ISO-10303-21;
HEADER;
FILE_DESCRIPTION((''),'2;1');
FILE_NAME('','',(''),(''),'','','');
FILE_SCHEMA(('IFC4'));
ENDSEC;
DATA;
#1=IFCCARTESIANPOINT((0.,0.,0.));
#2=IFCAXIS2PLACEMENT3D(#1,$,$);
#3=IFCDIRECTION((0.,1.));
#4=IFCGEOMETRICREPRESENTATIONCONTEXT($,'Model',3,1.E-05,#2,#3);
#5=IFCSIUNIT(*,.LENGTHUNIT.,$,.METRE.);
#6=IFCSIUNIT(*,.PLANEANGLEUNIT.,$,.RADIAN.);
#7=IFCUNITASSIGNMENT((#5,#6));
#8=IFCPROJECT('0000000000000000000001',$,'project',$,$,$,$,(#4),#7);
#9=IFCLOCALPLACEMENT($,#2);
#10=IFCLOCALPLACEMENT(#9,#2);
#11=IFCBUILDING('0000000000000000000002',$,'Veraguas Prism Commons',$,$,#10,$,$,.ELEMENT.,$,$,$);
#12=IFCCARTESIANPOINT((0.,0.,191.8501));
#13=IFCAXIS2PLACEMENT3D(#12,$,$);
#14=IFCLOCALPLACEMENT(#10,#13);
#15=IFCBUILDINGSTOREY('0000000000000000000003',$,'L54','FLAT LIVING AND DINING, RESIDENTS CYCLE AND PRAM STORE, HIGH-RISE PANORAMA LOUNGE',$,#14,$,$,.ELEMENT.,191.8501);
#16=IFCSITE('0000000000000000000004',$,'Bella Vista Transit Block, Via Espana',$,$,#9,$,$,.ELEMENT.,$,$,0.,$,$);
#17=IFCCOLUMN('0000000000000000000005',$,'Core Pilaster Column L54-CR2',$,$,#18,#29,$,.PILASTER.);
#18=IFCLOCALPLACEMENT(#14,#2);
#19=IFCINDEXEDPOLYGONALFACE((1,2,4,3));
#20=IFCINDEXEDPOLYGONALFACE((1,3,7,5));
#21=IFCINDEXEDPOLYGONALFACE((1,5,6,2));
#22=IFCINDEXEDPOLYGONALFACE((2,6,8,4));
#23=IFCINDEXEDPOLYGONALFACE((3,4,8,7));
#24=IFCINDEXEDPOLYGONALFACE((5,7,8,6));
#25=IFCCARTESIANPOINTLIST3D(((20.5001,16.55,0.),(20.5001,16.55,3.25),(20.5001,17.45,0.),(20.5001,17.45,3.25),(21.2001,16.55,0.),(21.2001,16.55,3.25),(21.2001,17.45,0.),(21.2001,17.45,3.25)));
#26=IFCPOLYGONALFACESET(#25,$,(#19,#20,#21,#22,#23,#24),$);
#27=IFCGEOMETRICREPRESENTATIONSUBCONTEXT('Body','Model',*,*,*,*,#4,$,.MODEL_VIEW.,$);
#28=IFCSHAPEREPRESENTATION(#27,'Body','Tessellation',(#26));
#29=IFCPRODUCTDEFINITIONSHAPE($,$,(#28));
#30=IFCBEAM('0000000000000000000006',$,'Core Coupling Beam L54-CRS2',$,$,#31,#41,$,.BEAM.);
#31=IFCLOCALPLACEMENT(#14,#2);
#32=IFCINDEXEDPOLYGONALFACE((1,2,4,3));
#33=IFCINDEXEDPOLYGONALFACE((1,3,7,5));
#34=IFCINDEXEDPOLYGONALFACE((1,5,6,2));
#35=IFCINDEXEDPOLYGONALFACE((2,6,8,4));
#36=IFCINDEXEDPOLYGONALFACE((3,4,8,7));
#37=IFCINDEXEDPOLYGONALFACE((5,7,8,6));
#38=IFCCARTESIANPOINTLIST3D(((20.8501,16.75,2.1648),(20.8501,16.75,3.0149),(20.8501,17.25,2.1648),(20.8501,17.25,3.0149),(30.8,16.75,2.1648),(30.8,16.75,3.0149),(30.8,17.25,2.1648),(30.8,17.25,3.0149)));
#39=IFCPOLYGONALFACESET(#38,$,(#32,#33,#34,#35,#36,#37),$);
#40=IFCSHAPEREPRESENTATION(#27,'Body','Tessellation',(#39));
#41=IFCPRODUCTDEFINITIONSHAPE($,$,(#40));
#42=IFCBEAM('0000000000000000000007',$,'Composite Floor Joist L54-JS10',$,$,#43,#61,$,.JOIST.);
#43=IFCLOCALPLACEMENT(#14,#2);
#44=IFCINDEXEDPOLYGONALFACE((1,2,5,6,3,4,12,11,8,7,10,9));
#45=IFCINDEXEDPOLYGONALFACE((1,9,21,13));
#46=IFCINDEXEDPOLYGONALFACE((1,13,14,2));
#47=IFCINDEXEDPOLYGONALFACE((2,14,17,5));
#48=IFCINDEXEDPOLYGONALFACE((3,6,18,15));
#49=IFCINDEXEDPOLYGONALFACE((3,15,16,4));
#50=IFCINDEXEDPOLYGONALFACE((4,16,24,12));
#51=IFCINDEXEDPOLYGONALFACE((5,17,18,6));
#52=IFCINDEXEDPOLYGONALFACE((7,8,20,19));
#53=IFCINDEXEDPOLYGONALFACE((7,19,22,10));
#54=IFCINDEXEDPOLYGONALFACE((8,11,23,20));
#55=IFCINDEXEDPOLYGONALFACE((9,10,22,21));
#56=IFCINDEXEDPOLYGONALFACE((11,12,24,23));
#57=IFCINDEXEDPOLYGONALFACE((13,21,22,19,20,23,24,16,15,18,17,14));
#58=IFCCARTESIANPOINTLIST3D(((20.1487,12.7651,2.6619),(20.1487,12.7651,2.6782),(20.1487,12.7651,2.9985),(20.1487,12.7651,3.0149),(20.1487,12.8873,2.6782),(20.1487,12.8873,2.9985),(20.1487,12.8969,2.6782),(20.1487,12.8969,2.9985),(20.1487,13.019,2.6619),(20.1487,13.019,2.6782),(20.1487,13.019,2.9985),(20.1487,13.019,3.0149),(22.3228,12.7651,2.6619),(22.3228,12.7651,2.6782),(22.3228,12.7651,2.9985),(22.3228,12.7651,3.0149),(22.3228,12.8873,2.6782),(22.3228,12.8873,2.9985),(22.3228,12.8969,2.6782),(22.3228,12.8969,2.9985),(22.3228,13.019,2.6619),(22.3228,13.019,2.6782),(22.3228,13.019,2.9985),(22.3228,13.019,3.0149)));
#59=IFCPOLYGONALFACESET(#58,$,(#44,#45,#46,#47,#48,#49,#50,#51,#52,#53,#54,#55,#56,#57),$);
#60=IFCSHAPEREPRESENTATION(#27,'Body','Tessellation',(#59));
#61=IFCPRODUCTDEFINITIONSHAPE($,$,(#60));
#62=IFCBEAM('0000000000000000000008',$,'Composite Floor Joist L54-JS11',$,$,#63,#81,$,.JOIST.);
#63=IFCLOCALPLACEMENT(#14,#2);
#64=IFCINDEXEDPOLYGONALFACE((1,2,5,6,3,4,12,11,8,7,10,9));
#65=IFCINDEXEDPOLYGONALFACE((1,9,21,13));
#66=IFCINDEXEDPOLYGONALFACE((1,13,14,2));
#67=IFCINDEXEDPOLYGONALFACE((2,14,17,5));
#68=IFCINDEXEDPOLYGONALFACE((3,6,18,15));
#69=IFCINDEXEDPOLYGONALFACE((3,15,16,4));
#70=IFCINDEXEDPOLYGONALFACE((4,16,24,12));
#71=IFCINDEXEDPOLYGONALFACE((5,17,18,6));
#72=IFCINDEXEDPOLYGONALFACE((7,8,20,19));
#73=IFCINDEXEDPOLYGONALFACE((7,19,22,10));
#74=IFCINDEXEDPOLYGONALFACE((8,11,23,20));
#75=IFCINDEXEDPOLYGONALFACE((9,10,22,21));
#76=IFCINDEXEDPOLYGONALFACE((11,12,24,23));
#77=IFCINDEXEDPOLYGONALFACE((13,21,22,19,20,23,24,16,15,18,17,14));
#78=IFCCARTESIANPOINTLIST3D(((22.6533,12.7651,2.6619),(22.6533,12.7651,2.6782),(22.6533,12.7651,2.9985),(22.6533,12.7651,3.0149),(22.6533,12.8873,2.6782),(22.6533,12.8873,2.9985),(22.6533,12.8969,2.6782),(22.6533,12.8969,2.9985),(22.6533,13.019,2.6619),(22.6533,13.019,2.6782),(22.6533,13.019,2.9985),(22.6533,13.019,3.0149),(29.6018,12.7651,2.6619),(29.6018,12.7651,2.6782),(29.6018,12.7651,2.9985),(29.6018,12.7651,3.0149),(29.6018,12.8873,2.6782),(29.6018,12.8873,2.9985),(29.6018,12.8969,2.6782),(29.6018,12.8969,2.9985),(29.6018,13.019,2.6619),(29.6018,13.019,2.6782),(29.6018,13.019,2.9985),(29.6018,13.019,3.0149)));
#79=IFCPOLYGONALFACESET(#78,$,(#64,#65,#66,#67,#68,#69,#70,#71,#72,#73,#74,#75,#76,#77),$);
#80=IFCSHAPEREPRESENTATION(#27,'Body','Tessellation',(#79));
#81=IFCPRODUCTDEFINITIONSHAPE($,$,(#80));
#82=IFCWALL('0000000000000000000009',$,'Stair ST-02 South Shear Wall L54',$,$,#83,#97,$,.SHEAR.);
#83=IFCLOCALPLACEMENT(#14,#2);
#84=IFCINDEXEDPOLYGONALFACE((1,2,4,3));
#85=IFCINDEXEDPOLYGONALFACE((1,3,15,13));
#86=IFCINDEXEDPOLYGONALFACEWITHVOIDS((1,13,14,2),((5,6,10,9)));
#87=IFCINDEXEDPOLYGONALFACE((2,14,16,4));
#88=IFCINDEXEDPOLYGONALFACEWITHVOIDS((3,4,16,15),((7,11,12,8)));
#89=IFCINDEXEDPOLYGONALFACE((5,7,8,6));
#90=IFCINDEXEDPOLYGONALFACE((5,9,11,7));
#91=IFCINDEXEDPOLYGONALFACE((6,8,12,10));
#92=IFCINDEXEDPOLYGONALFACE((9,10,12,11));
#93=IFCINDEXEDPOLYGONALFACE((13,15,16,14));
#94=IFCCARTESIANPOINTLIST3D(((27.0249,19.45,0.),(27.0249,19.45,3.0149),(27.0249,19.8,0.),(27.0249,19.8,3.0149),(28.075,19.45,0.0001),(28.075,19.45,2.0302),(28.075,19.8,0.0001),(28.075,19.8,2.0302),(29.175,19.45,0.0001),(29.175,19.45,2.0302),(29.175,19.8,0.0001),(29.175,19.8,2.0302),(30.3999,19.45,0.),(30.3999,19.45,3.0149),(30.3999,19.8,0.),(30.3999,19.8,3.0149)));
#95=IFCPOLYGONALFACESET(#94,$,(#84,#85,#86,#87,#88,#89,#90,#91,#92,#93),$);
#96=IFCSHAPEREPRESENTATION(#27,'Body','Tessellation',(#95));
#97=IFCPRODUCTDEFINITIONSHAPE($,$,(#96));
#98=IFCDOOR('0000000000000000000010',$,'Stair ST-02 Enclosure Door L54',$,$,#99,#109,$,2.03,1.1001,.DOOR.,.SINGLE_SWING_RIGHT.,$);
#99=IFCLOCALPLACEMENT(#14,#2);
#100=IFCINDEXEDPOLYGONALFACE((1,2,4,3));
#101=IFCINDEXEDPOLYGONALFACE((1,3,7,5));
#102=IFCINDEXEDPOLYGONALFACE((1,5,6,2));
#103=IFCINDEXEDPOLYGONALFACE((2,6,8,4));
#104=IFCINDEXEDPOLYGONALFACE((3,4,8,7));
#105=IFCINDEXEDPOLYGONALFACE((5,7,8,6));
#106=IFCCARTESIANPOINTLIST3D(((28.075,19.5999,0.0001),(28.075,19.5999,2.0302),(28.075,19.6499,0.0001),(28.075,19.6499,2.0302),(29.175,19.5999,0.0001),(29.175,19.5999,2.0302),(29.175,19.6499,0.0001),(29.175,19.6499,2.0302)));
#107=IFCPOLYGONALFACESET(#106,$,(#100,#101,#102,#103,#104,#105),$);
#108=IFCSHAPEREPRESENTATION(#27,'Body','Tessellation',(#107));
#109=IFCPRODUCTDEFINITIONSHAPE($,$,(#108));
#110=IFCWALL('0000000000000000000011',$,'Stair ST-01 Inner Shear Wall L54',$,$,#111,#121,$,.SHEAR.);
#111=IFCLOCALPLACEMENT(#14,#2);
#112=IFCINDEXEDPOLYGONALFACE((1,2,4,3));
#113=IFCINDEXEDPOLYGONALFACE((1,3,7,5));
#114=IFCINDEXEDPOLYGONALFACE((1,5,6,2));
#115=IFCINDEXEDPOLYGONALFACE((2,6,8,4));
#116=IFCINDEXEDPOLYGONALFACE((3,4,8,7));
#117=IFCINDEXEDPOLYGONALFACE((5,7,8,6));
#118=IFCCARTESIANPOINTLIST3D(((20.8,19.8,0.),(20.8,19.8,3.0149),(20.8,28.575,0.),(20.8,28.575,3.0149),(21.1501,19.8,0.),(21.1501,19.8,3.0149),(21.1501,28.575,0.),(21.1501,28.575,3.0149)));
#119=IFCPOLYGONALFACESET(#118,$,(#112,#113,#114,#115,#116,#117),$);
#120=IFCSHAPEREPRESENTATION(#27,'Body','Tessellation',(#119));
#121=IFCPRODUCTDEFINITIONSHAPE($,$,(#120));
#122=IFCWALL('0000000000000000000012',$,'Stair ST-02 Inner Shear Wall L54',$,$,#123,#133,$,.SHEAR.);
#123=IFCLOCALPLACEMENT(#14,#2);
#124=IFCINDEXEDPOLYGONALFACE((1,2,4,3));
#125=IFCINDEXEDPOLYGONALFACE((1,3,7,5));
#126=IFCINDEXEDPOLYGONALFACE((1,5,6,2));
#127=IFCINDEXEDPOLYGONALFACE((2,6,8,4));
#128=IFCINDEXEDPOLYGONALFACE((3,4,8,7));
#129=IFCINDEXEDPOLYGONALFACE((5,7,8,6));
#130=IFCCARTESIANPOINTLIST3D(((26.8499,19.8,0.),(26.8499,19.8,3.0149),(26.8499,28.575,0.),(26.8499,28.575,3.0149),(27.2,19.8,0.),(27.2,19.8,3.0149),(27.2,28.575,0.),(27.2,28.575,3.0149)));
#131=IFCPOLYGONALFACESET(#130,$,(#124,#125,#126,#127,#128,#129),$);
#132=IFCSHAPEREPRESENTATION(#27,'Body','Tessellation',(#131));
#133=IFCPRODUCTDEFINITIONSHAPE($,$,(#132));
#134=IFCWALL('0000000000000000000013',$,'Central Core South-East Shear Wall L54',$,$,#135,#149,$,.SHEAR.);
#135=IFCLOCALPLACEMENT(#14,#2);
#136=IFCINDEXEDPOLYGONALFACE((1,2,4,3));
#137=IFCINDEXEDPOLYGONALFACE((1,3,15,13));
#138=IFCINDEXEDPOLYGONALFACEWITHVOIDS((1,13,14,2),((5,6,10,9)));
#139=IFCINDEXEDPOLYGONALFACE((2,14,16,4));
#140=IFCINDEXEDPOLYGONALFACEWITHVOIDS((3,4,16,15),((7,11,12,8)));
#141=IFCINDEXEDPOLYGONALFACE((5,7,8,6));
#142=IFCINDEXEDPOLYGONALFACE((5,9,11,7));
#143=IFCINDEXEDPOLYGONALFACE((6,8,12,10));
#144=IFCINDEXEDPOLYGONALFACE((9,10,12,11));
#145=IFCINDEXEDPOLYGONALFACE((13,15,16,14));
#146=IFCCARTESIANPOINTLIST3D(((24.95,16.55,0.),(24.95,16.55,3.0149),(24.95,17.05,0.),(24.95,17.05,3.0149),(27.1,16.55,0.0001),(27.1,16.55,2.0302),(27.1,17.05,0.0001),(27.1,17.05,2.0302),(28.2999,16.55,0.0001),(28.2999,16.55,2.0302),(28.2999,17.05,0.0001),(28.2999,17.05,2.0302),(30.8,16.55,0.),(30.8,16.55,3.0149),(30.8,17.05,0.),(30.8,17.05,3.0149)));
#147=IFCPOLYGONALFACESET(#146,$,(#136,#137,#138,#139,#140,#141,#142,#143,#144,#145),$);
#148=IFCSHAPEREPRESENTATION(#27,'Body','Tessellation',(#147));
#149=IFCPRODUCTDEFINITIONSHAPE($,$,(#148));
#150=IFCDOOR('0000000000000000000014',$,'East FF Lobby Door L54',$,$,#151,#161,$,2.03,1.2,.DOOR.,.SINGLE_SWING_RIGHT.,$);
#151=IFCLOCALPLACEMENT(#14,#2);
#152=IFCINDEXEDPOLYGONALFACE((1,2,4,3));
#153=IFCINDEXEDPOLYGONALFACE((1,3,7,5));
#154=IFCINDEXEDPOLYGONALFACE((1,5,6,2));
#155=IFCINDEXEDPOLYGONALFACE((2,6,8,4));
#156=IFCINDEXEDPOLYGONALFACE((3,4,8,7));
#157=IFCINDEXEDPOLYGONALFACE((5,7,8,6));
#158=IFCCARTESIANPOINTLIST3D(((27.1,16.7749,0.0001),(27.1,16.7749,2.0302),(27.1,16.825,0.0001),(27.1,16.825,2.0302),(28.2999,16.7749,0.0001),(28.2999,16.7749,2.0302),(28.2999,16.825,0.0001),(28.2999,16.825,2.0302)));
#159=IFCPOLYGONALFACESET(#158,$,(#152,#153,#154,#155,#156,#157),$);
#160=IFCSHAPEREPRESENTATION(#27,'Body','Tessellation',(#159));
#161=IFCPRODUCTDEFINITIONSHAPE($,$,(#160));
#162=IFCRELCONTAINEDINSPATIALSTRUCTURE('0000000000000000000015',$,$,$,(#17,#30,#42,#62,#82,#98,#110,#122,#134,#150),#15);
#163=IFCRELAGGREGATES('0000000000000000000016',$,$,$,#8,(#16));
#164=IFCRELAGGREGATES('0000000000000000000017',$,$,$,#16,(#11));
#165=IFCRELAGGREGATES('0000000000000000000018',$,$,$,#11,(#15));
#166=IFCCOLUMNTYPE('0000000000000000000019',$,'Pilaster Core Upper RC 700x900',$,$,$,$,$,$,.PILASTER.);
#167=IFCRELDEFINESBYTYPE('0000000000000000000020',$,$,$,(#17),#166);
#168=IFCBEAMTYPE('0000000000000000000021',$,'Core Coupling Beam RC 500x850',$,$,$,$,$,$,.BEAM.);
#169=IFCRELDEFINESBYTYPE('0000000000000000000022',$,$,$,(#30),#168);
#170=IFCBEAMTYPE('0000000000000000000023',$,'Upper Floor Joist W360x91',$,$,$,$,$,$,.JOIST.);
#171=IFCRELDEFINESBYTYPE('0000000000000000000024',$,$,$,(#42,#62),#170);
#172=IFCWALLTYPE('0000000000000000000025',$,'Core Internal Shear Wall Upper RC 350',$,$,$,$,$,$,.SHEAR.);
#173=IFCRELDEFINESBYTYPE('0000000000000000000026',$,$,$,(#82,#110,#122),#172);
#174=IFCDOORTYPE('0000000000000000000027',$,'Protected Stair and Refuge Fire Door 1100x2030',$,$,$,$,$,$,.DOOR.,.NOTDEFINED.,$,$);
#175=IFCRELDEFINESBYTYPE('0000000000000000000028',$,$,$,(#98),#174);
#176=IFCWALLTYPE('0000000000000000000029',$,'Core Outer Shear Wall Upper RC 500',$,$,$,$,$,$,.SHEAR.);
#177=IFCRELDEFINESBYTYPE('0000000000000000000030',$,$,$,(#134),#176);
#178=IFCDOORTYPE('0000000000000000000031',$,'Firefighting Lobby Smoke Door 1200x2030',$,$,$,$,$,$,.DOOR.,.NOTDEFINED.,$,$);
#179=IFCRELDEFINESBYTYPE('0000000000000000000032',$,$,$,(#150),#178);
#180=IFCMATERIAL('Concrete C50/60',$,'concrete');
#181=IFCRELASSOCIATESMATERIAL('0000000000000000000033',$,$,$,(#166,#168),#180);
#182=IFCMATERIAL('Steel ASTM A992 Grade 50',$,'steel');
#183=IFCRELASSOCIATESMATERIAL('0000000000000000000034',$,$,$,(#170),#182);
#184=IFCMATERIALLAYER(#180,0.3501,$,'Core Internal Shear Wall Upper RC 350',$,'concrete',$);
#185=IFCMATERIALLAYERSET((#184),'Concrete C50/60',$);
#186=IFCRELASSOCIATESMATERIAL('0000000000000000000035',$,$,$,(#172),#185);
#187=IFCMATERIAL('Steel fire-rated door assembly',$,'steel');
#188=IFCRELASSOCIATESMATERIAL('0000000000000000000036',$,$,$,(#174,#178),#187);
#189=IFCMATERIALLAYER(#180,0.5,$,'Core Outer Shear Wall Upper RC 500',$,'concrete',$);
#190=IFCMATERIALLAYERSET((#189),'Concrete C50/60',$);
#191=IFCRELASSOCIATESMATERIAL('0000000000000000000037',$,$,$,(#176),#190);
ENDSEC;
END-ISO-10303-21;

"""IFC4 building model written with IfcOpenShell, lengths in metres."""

from ifc_helpers import new_model, si_unit, direction, frame, frame_2d, origin, origin_2d, place, context, subcontext, project, spatial, rectangle, i_section, extrude, source, transform, mapped, material, layer, layer_set, material_profile, profile_set, type_object, element, fill, save


model = new_model("IFC4")

# Units and contexts
model_context = context("Model", 3, precision=1e-05, world=origin(), true_north=direction((0.0, 1.0)))
body_context = subcontext(model_context, "Body", "Model", "MODEL_VIEW")
ifc_project = project(units=[si_unit("LENGTHUNIT", "METRE"), si_unit("PLANEANGLEUNIT", "RADIAN")], contexts=[model_context])

# Site, building, storey
site_placement = place(None, origin())
site = spatial("IfcSite", under=ifc_project, at=site_placement, Name="Bella Vista Transit Block, Via Espana", CompositionType="ELEMENT", RefElevation=0.0)
building_placement = place(site_placement, origin())
building = spatial("IfcBuilding", under=site, at=building_placement, Name="Veraguas Prism Commons", CompositionType="ELEMENT")
storey_placement = place(building_placement, frame((0.0, 0.0, 191.8501)))
storey = spatial("IfcBuildingStorey", under=building, at=storey_placement, Name="L54", Description="FLAT LIVING AND DINING, RESIDENTS CYCLE AND PRAM STORE, HIGH-RISE PANORAMA LOUNGE", CompositionType="ELEMENT", Elevation=191.8501)

# Column
ifc_material_1 = material(Name="Concrete C50/60", Category="concrete")
ifc_material_profile_1 = material_profile(ifc_material_1, rectangle(XDim=0.7, YDim=0.8999, at=origin_2d()), Name="RC700X900")
ifc_profile_set_1 = profile_set([ifc_material_profile_1], Name="Concrete C50/60")
column_type = type_object("IfcColumnType", Name="Pilaster Core Upper RC 700x900", PredefinedType="PILASTER", material=ifc_profile_set_1)
column_placement = place(storey_placement, frame((20.8501, 17.0, 0.0), z_axis=(0.0, 0.0, 1.0), x_axis=(1.0, 0.0, 0.0)))
element("IfcColumn", 1, at=column_placement, inside=storey, type_object=column_type, Name="Core Pilaster Column L54-CR2", PredefinedType="PILASTER", context=body_context, shape_type="SweptSolid", body=[
    extrude(rectangle(XDim=0.7, YDim=0.8999, at=origin_2d()), origin(), (0.0, 0.0, 1.0), 3.25),
])

# Beams
ifc_material_profile_2 = material_profile(ifc_material_1, rectangle(XDim=0.5, YDim=0.8501, at=origin_2d()), Name="RC500X850")
ifc_profile_set_2 = profile_set([ifc_material_profile_2], Name="Concrete C50/60")
beam_type_1 = type_object("IfcBeamType", Name="Core Coupling Beam RC 500x850", PredefinedType="BEAM", material=ifc_profile_set_2)
beam_1_placement = place(storey_placement, frame((20.8501, 17.0, 2.5898), z_axis=(1.0, 0.0, 0.0), x_axis=(0.0, 1.0, 0.0)))
element("IfcBeam", 2, at=beam_1_placement, inside=storey, type_object=beam_type_1, Name="Core Coupling Beam L54-CRS2", PredefinedType="BEAM", context=body_context, shape_type="SweptSolid", body=[
    extrude(rectangle(XDim=0.5, YDim=0.8501, at=origin_2d()), origin(), (0.0, 0.0, 1.0), 9.95),
])
ifc_material_2 = material(Name="Steel ASTM A992 Grade 50", Category="steel")
ifc_material_profile_3 = material_profile(ifc_material_2, i_section(OverallWidth=0.2539, OverallDepth=0.353, WebThickness=0.0095, FlangeThickness=0.0164, at=origin_2d()), Name="W360X91")
ifc_profile_set_3 = profile_set([ifc_material_profile_3], Name="Steel ASTM A992 Grade 50")
beam_type_2 = type_object("IfcBeamType", Name="Upper Floor Joist W360x91", PredefinedType="JOIST", material=ifc_profile_set_3)
beam_2_placement = place(storey_placement, frame((20.1487, 12.8921, 2.8384), z_axis=(1.0, 0.0, 0.0), x_axis=(0.0, 1.0, 0.0)))
element("IfcBeam", 3, at=beam_2_placement, inside=storey, type_object=beam_type_2, Name="Composite Floor Joist L54-JS10", PredefinedType="JOIST", context=body_context, shape_type="SweptSolid", body=[
    extrude(i_section(OverallWidth=0.2539, OverallDepth=0.353, WebThickness=0.0095, FlangeThickness=0.0164, at=origin_2d()), origin(), (0.0, 0.0, 1.0), 2.1741),
])
beam_3_placement = place(storey_placement, frame((22.6533, 12.8921, 2.8384), z_axis=(1.0, 0.0, 0.0), x_axis=(0.0, 1.0, 0.0)))
element("IfcBeam", 4, at=beam_3_placement, inside=storey, type_object=beam_type_2, Name="Composite Floor Joist L54-JS11", PredefinedType="JOIST", context=body_context, shape_type="SweptSolid", body=[
    extrude(i_section(OverallWidth=0.2539, OverallDepth=0.353, WebThickness=0.0095, FlangeThickness=0.0164, at=origin_2d()), origin(), (0.0, 0.0, 1.0), 6.9485),
])

# Wall, opening, door
ifc_layer_1 = layer(ifc_material_1, 0.3501, Name="Core Internal Shear Wall Upper RC 350", Category="concrete")
ifc_layer_set_1 = layer_set([ifc_layer_1], Name="Concrete C50/60")
wall_type_1 = type_object("IfcWallType", Name="Core Internal Shear Wall Upper RC 350", PredefinedType="SHEAR", material=ifc_layer_set_1)
wall_1_placement = place(storey_placement, frame((27.0249, 19.625, 0.0), z_axis=(0.0, 0.0, 1.0), x_axis=(1.0, 0.0, 0.0)))
wall_1 = element("IfcWall", 5, at=wall_1_placement, inside=storey, type_object=wall_type_1, Name="Stair ST-02 South Shear Wall L54", PredefinedType="SHEAR", context=body_context, shape_type="SweptSolid", body=[
    extrude(rectangle(XDim=3.375, YDim=0.3501, at=frame_2d((1.6875, 0.0))), origin(), (0.0, 0.0, 1.0), 3.0149),
])
opening_1_placement = place(wall_1_placement, frame((1.05, 0.0, 0.0)))
opening_1 = element("IfcOpeningElement", 6, at=opening_1_placement, cuts=wall_1, PredefinedType="OPENING", context=body_context, shape_type="SweptSolid", body=[
    extrude(rectangle(XDim=1.1001, YDim=2.03, at=frame_2d((0.55, 1.0151))), frame((0.0, 0.1851, 0.0), z_axis=(0.0, -1.0, 0.0), x_axis=(1.0, 0.0, 0.0)), (0.0, 0.0, 1.0), 0.3701),
])
ifc_material_3 = material(Name="Steel fire-rated door assembly", Category="steel")
door_type_1 = type_object("IfcDoorType", Name="Protected Stair and Refuge Fire Door 1100x2030", OperationType="NOTDEFINED", PredefinedType="DOOR", material=ifc_material_3)
shared_shape_1 = source(origin(), body_context, "Body", "SweptSolid", [
    extrude(rectangle(XDim=1.1001, YDim=2.03, at=frame_2d((0.55, 1.0151))), frame((0.0, 0.0249, 0.0), z_axis=(0.0, -1.0, 0.0), x_axis=(1.0, 0.0, 0.0)), (0.0, 0.0, 1.0), 0.05),
])
door_1_placement = place(opening_1_placement, origin())
door_1 = element("IfcDoor", 7, at=door_1_placement, inside=storey, type_object=door_type_1, Name="Stair ST-02 Enclosure Door L54", OperationType="SINGLE_SWING_RIGHT", OverallHeight=2.03, OverallWidth=1.1001, PredefinedType="DOOR", context=body_context, shape_type="MappedRepresentation", body=[
    mapped(shared_shape_1, transform((0.0, 0.0, 0.0), scale=1.0)),
])
fill(opening_1, door_1)

# Walls
for number, where, z_axis, x_axis, name in (
    (8, (20.9751, 19.8, 0.0), (0.0, 0.0, 1.0), (0.0, 1.0, 0.0), "Stair ST-01 Inner Shear Wall L54"),
    (9, (27.0249, 19.8, 0.0), (0.0, 0.0, 1.0), (0.0, 1.0, 0.0), "Stair ST-02 Inner Shear Wall L54"),
):
    element("IfcWall", number, at=place(storey_placement, frame(where, z_axis=z_axis, x_axis=x_axis)), inside=storey, type_object=wall_type_1, Name=name, PredefinedType="SHEAR", context=body_context, shape_type="SweptSolid", body=[
        extrude(rectangle(XDim=8.7749, YDim=0.3501, at=frame_2d((4.3875, 0.0))), origin(), (0.0, 0.0, 1.0), 3.0149),
    ])

# Wall, opening, door
ifc_layer_2 = layer(ifc_material_1, 0.5, Name="Core Outer Shear Wall Upper RC 500", Category="concrete")
ifc_layer_set_2 = layer_set([ifc_layer_2], Name="Concrete C50/60")
wall_type_2 = type_object("IfcWallType", Name="Core Outer Shear Wall Upper RC 500", PredefinedType="SHEAR", material=ifc_layer_set_2)
wall_2_placement = place(storey_placement, frame((24.95, 16.8, 0.0), z_axis=(0.0, 0.0, 1.0), x_axis=(1.0, 0.0, 0.0)))
wall_2 = element("IfcWall", 10, at=wall_2_placement, inside=storey, type_object=wall_type_2, Name="Central Core South-East Shear Wall L54", PredefinedType="SHEAR", context=body_context, shape_type="SweptSolid", body=[
    extrude(rectangle(XDim=5.8501, YDim=0.5, at=frame_2d((2.925, 0.0))), origin(), (0.0, 0.0, 1.0), 3.0149),
])
opening_2_placement = place(wall_2_placement, frame((2.1499, 0.0, 0.0)))
opening_2 = element("IfcOpeningElement", 11, at=opening_2_placement, cuts=wall_2, PredefinedType="OPENING", context=body_context, shape_type="SweptSolid", body=[
    extrude(rectangle(XDim=1.2, YDim=2.03, at=frame_2d((0.6001, 1.0151))), frame((0.0, 0.26, 0.0), z_axis=(0.0, -1.0, 0.0), x_axis=(1.0, 0.0, 0.0)), (0.0, 0.0, 1.0), 0.52),
])
door_type_2 = type_object("IfcDoorType", Name="Firefighting Lobby Smoke Door 1200x2030", OperationType="NOTDEFINED", PredefinedType="DOOR", material=ifc_material_3)
shared_shape_2 = source(origin(), body_context, "Body", "SweptSolid", [
    extrude(rectangle(XDim=1.2, YDim=2.03, at=frame_2d((0.6001, 1.0151))), frame((0.0, 0.0249, 0.0), z_axis=(0.0, -1.0, 0.0), x_axis=(1.0, 0.0, 0.0)), (0.0, 0.0, 1.0), 0.05),
])
door_2_placement = place(opening_2_placement, origin())
door_2 = element("IfcDoor", 12, at=door_2_placement, inside=storey, type_object=door_type_2, Name="East FF Lobby Door L54", OperationType="SINGLE_SWING_RIGHT", OverallHeight=2.03, OverallWidth=1.2, PredefinedType="DOOR", context=body_context, shape_type="MappedRepresentation", body=[
    mapped(shared_shape_2, transform((0.0, 0.0, 0.0), scale=1.0)),
])
fill(opening_2, door_2)

save(model, "model.ifc")
